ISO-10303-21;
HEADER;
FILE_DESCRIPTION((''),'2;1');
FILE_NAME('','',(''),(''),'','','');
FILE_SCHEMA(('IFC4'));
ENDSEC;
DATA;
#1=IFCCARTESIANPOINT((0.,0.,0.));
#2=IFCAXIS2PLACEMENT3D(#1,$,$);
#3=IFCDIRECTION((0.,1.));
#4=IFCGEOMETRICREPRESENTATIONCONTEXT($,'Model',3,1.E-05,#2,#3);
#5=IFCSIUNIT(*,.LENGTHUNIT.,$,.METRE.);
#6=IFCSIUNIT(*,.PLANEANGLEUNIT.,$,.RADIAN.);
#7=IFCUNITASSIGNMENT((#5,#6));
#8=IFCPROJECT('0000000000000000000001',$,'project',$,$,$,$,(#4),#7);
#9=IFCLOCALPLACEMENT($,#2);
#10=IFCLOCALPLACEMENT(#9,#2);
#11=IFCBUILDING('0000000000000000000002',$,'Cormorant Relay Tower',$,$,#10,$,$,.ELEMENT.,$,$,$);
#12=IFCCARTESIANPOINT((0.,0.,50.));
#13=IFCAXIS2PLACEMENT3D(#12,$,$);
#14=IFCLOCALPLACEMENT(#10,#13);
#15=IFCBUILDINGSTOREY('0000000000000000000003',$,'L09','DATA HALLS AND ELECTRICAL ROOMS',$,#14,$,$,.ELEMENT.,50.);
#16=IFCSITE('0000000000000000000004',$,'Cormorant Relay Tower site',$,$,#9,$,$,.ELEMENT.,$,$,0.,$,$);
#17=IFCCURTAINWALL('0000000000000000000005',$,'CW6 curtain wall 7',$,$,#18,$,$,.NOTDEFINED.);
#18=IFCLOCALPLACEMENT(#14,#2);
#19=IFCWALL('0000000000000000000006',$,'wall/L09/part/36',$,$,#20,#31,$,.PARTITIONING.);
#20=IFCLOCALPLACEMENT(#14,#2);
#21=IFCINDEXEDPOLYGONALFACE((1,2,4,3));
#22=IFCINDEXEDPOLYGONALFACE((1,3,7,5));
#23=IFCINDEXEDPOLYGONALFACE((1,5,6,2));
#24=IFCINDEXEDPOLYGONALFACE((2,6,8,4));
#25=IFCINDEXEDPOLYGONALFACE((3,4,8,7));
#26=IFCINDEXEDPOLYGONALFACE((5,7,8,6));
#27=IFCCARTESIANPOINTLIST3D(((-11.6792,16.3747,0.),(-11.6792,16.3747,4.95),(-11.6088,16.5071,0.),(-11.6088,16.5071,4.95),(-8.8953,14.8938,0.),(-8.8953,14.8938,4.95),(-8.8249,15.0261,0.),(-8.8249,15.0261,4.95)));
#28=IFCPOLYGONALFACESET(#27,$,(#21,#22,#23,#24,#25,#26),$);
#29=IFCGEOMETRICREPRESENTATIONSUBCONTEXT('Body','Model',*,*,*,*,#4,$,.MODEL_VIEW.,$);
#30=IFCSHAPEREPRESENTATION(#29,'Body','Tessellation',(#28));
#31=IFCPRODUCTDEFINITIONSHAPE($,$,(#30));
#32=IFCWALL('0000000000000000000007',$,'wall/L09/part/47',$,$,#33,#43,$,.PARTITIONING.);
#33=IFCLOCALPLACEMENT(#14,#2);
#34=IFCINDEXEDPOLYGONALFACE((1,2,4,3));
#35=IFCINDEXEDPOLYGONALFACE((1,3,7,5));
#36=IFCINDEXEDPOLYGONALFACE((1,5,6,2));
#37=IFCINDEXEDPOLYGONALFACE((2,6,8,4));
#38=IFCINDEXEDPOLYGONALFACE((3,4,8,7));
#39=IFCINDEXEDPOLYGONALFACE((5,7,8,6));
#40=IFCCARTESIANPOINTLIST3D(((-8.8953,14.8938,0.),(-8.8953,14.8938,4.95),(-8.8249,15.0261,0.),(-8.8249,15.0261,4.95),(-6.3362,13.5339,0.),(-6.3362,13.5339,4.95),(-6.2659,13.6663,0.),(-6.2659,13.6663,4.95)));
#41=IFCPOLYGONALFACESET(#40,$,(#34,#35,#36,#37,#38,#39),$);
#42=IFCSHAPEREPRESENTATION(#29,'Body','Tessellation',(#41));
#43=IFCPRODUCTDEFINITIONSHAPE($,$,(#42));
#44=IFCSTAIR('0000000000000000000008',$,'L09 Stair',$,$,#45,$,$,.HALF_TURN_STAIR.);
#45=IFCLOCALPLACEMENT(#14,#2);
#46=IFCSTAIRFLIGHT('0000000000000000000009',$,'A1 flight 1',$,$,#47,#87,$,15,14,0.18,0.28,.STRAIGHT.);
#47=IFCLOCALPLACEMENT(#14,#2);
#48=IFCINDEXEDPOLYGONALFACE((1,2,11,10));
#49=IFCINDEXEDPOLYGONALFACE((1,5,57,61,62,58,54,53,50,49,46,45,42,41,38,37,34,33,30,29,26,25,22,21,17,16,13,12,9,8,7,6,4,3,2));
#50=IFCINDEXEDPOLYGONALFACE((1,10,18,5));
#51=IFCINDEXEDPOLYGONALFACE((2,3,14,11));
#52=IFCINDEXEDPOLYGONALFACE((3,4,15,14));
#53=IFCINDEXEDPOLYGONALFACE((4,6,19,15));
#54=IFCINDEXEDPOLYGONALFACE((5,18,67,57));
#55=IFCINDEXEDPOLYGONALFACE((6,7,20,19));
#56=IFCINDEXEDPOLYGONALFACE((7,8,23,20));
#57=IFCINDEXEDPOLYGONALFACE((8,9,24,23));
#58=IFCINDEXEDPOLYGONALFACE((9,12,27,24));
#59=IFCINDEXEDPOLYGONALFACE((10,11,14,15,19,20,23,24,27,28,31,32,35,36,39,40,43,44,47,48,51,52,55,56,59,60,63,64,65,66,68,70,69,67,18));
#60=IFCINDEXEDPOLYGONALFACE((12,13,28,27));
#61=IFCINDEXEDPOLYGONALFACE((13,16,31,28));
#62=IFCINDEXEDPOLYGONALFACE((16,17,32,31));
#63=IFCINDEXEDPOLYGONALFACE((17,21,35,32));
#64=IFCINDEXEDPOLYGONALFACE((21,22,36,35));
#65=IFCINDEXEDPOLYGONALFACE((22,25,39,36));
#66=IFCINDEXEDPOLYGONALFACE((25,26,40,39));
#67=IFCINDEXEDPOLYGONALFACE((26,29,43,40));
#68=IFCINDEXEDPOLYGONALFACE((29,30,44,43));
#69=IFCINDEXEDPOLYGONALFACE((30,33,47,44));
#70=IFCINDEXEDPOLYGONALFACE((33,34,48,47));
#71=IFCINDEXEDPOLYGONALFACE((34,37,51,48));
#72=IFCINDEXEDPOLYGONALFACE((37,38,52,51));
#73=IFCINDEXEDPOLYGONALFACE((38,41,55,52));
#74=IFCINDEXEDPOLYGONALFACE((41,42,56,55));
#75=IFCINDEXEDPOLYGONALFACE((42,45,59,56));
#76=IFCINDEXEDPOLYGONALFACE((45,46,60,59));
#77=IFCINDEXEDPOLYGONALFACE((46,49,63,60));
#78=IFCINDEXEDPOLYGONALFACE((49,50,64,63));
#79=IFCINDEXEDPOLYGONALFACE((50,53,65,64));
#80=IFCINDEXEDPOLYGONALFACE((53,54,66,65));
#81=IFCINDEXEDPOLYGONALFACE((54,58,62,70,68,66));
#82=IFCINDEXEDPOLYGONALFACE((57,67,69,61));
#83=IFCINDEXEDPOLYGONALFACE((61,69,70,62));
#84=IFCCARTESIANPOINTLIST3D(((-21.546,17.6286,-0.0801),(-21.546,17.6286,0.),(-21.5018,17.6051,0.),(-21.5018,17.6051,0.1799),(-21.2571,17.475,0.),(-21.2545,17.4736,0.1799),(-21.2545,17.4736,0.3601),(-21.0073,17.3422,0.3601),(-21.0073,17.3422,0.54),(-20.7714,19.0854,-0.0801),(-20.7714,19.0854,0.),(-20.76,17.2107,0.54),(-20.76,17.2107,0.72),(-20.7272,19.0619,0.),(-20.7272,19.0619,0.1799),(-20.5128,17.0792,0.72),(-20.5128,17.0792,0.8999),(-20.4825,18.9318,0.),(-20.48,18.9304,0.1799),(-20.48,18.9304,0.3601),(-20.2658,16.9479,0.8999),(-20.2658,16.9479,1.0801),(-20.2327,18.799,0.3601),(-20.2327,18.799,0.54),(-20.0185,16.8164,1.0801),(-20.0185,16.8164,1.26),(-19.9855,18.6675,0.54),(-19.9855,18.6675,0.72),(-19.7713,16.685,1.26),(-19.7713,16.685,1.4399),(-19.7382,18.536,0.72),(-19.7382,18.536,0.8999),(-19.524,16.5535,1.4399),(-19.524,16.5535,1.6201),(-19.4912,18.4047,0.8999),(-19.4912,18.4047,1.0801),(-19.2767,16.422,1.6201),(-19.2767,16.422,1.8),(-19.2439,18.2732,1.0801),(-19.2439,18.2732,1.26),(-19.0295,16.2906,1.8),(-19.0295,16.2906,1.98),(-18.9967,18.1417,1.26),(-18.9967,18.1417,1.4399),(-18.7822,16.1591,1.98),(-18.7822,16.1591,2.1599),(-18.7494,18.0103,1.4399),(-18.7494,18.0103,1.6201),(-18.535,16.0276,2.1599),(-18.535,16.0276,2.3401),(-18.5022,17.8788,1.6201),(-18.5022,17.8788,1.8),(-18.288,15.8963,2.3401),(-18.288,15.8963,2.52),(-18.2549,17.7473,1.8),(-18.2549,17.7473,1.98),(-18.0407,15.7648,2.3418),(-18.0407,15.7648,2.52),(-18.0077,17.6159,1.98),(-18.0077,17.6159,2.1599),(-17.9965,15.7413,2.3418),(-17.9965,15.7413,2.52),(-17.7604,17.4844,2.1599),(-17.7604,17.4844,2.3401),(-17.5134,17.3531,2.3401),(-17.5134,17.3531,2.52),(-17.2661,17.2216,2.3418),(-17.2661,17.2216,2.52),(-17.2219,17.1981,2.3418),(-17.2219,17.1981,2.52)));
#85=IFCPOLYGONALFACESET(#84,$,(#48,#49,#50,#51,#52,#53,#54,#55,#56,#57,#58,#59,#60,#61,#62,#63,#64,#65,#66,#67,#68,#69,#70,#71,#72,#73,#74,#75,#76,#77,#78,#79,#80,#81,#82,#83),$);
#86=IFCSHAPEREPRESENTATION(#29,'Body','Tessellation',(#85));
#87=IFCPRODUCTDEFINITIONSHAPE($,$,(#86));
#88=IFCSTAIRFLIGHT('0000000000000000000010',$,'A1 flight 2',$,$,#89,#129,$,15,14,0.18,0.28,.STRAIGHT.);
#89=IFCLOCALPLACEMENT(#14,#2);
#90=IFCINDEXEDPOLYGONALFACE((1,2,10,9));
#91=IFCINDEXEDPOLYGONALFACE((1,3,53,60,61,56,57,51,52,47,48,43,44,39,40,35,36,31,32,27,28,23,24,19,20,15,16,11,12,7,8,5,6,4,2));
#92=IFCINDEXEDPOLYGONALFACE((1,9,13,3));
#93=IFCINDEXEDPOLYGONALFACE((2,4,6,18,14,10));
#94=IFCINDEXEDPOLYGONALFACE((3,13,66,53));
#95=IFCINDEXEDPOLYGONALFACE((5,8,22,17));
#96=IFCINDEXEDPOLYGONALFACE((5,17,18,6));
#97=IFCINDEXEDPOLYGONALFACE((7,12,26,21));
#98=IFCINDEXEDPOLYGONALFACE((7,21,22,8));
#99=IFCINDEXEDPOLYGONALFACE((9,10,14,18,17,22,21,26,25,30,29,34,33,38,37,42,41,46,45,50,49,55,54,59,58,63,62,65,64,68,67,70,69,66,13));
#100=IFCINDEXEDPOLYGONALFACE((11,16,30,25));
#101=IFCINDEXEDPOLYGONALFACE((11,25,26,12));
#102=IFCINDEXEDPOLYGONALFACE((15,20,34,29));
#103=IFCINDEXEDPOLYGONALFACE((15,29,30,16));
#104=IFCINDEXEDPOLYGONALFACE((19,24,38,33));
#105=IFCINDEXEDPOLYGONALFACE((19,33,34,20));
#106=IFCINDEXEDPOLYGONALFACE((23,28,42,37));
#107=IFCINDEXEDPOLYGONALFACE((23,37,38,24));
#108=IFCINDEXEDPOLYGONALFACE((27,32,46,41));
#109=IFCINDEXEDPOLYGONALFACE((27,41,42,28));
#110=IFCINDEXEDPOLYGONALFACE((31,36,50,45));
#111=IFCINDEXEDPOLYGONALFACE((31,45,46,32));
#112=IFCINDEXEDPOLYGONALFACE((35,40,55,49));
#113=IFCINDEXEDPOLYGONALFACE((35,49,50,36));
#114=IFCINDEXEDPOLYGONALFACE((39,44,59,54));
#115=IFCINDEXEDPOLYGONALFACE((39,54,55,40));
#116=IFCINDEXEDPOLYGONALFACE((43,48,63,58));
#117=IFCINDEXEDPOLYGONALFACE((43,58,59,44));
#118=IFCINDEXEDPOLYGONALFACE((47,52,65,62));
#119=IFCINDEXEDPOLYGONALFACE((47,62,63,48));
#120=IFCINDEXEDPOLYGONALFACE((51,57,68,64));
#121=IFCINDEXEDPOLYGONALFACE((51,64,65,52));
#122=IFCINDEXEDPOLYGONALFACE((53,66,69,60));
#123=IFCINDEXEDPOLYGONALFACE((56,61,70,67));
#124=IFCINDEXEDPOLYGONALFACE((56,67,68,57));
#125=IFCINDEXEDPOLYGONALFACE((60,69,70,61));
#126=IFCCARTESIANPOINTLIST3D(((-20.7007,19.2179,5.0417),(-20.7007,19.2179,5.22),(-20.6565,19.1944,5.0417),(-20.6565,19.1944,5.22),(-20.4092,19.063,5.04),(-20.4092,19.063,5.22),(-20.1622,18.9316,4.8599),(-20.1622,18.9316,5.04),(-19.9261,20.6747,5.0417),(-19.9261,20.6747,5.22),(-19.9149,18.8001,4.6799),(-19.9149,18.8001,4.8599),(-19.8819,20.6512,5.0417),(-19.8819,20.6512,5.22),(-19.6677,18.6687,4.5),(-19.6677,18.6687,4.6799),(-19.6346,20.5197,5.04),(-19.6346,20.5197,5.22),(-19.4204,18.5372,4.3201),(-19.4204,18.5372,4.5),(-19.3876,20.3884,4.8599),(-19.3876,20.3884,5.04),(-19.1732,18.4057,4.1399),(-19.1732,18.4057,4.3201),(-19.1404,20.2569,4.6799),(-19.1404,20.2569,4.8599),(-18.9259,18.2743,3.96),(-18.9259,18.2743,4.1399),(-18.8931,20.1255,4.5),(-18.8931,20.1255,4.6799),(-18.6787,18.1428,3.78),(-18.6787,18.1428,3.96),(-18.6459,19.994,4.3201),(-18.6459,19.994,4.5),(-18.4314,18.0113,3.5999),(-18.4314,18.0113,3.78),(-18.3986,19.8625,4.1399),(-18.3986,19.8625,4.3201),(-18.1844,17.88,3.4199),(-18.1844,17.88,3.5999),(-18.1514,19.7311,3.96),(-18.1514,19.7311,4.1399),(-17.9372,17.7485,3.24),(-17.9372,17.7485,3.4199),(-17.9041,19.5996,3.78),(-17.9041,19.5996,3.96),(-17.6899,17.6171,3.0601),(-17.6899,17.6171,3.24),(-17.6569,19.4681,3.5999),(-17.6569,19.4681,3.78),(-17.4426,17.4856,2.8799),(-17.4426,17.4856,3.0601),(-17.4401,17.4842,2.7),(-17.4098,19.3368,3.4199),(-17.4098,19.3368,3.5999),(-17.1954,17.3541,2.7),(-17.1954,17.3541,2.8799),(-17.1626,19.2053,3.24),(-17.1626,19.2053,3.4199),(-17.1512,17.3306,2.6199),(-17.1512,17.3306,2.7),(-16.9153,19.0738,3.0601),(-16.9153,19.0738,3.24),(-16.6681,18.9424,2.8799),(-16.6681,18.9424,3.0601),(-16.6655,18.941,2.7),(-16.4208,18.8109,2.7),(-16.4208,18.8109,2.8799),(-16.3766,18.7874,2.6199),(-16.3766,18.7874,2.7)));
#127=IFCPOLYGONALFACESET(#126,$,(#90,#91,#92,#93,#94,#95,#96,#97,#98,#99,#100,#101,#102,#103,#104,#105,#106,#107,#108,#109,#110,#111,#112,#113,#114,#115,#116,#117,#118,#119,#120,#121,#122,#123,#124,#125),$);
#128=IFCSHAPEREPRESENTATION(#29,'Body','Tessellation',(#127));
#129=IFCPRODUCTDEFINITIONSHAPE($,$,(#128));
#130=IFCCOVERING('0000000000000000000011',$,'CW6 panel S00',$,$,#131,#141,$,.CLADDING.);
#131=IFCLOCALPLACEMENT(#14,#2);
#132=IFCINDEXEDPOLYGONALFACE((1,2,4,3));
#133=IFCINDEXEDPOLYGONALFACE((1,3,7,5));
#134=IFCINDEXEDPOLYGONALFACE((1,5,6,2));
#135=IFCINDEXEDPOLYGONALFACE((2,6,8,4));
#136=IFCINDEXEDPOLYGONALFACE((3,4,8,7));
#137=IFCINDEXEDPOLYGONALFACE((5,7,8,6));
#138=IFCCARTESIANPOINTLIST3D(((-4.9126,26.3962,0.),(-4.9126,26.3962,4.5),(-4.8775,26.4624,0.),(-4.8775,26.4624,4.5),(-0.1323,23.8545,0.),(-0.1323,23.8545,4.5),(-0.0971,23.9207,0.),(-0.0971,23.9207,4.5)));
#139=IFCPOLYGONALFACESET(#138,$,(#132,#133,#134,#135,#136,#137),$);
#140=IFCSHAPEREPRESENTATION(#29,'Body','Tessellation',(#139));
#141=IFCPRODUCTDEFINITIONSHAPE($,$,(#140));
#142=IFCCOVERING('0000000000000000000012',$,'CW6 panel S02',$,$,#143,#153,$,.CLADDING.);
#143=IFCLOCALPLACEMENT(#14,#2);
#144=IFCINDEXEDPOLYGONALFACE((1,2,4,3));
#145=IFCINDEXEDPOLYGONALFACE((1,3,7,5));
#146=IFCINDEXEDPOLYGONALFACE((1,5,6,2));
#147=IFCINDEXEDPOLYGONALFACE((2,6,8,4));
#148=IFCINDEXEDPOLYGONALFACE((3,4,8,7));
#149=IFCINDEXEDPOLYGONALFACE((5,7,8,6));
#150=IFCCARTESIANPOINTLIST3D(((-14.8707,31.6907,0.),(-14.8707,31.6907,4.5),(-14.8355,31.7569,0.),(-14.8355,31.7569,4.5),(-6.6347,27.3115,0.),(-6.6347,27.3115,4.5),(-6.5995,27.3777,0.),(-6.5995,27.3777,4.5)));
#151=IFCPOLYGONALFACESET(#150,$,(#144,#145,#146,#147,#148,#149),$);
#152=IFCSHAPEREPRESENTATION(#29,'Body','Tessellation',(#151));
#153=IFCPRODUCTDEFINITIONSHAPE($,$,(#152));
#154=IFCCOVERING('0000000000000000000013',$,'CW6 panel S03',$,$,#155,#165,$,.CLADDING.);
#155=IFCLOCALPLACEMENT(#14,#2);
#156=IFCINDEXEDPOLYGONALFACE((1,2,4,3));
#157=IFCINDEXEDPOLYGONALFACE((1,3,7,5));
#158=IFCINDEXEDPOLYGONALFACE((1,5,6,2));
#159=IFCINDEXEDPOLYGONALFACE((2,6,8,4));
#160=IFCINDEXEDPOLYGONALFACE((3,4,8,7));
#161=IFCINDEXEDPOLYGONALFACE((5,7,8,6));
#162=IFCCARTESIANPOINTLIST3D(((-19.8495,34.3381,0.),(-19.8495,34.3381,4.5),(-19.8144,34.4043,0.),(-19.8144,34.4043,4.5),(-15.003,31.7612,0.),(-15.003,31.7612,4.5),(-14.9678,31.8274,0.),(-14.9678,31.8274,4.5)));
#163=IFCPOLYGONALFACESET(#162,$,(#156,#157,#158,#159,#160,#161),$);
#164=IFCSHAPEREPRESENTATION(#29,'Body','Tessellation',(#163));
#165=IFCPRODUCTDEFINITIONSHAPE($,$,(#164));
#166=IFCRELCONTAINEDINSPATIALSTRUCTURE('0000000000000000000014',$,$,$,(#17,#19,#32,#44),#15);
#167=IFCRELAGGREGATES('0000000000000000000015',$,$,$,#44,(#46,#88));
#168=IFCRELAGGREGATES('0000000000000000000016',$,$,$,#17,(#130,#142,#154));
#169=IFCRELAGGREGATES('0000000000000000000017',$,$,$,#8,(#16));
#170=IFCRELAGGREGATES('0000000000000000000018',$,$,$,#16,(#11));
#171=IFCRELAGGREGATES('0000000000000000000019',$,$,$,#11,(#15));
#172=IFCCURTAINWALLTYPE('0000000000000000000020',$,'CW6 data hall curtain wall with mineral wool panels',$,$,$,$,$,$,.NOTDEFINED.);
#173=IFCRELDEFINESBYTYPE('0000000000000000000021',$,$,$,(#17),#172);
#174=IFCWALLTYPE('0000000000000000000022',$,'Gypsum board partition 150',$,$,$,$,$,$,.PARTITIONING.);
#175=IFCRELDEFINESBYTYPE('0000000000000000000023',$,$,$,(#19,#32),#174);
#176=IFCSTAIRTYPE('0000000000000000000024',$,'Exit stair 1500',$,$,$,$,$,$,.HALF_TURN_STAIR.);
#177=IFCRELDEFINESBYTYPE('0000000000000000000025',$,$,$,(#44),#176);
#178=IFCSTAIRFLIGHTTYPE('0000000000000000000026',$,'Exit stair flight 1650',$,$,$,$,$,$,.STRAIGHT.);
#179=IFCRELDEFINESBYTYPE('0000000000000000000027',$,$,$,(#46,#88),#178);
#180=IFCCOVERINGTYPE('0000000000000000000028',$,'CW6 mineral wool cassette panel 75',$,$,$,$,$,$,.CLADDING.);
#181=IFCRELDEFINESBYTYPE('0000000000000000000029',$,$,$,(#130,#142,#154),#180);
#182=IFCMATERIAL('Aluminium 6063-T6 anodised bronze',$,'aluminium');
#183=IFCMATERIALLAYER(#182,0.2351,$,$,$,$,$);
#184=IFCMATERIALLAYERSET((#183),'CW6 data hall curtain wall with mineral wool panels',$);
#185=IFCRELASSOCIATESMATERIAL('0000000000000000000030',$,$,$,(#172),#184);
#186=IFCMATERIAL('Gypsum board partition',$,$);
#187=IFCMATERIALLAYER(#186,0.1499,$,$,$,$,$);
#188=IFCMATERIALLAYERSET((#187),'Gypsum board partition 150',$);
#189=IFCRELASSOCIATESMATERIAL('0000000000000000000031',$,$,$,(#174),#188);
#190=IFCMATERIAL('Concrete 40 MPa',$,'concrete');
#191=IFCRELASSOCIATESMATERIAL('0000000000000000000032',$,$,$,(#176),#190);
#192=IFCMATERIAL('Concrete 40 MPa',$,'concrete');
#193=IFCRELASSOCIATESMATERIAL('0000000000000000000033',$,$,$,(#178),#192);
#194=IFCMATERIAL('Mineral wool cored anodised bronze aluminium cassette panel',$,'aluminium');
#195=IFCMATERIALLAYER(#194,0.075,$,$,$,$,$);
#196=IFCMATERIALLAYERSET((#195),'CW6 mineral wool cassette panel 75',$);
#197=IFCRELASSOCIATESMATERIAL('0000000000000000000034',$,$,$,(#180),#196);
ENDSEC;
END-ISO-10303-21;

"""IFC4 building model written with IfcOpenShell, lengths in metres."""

from ifc_helpers import new_model, si_unit, direction, frame, frame_2d, origin, origin_2d, place, context, subcontext, project, spatial, polyline, rectangle, outline, extrude, material, layer, layer_set, type_object, element, aggregate, save


model = new_model("IFC4")

# Units and contexts
model_context = context("Model", 3, precision=1e-05, world=origin(), true_north=direction((0.0, 1.0)))
body_context = subcontext(model_context, "Body", "Model", "MODEL_VIEW")
ifc_project = project(units=[si_unit("LENGTHUNIT", "METRE"), si_unit("PLANEANGLEUNIT", "RADIAN")], contexts=[model_context])

# Site, building, storey
site_placement = place(None, origin())
site = spatial("IfcSite", under=ifc_project, at=site_placement, Name="Cormorant Relay Tower site", CompositionType="ELEMENT", RefElevation=0.0)
building_placement = place(site_placement, origin())
building = spatial("IfcBuilding", under=site, at=building_placement, Name="Cormorant Relay Tower", CompositionType="ELEMENT")
storey_placement = place(building_placement, frame((0.0, 0.0, 50.0)))
storey = spatial("IfcBuildingStorey", under=building, at=storey_placement, Name="L09", Description="DATA HALLS AND ELECTRICAL ROOMS", CompositionType="ELEMENT", Elevation=50.0)

# Curtain wall
ifc_material_1 = material(Name="Aluminium 6063-T6 anodised bronze", Category="aluminium")
ifc_layer_1 = layer(ifc_material_1, 0.2351)
ifc_layer_set_1 = layer_set([ifc_layer_1], Name="CW6 data hall curtain wall with mineral wool panels")
curtain_wall_type = type_object("IfcCurtainWallType", Name="CW6 data hall curtain wall with mineral wool panels", PredefinedType="NOTDEFINED", material=ifc_layer_set_1)
curtain_wall_placement = place(storey_placement, origin())
curtain_wall = element("IfcCurtainWall", 1, at=curtain_wall_placement, inside=storey, type_object=curtain_wall_type, Name="CW6 curtain wall 7", PredefinedType="NOTDEFINED")

# Walls
ifc_material_2 = material(Name="Gypsum board partition")
ifc_layer_2 = layer(ifc_material_2, 0.1499)
ifc_layer_set_2 = layer_set([ifc_layer_2], Name="Gypsum board partition 150")
wall_type_1 = type_object("IfcWallType", Name="Gypsum board partition 150", PredefinedType="PARTITIONING", material=ifc_layer_set_2)
wall_1_placement = place(storey_placement, frame((-11.644, 16.4409, 0.0), z_axis=(0.0, 0.0, 1.0), x_axis=(0.882854, -0.469648, 0.0)))
element("IfcWall", 2, at=wall_1_placement, inside=storey, type_object=wall_type_1, Name="wall/L09/part/36", PredefinedType="PARTITIONING", context=body_context, shape_type="SweptSolid", body=[
    extrude(rectangle(XDim=3.1533, YDim=0.1499, at=frame_2d((1.5767, 0.0))), origin(), (0.0, 0.0, 1.0), 4.95),
])
wall_2_placement = place(storey_placement, frame((-6.301, 13.6001, 0.0), z_axis=(0.0, 0.0, 1.0), x_axis=(-0.883066, 0.46925, 0.0)))
element("IfcWall", 3, at=wall_2_placement, inside=storey, type_object=wall_type_1, Name="wall/L09/part/47", PredefinedType="PARTITIONING", context=body_context, shape_type="SweptSolid", body=[
    extrude(rectangle(XDim=2.8979, YDim=0.1499, at=frame_2d((1.449, 0.0))), origin(), (0.0, 0.0, 1.0), 4.95),
])

# Stair, stair flights
ifc_material_3 = material(Name="Concrete 40 MPa", Category="concrete")
stair_type = type_object("IfcStairType", Name="Exit stair 1500", PredefinedType="HALF_TURN_STAIR", material=ifc_material_3)
stair_placement = place(storey_placement, origin())
stair = element("IfcStair", 4, at=stair_placement, inside=storey, type_object=stair_type, Name="L09 Stair", PredefinedType="HALF_TURN_STAIR")
ifc_material_4 = material(Name="Concrete 40 MPa", Category="concrete")
stair_flight_type = type_object("IfcStairFlightType", Name="Exit stair flight 1650", PredefinedType="STRAIGHT", material=ifc_material_4)
stair_flight_1_placement = place(storey_placement, frame((-21.1145, 18.3335, 0.0), z_axis=(0.0, 0.0, 1.0), x_axis=(0.882948, -0.469472, 0.0)))
stair_flight_1 = element("IfcStairFlight", 5, at=stair_flight_1_placement, type_object=stair_flight_type, Name="A1 flight 1", NumberOfRisers=15, NumberOfTreads=14, PredefinedType="STRAIGHT", RiserHeight=0.18, TreadLength=0.28, context=body_context, shape_type="SweptSolid", body=[
    extrude(outline(polyline([(-0.05, -0.0801), (-0.05, 0.0), (0.0, 0.0), (0.0, 0.1799), (0.28, 0.1799), (0.28, 0.3601), (0.5601, 0.3601), (0.5601, 0.54), (0.8401, 0.54), (0.8401, 0.72), (1.1201, 0.72), (1.1201, 0.8999), (1.3999, 0.8999), (1.3999, 1.0801), (1.6799, 1.0801), (1.6799, 1.26), (1.96, 1.26), (1.96, 1.4399), (2.24, 1.4399), (2.24, 1.6201), (2.52, 1.6201), (2.52, 1.8), (2.8, 1.8), (2.8, 1.98), (3.0801, 1.98), (3.0801, 2.1599), (3.3601, 2.1599), (3.3601, 2.3401), (3.6399, 2.3401), (3.6399, 2.52), (3.9199, 2.52), (3.97, 2.52), (3.97, 2.3418), (3.9199, 2.3418), (0.2771, 0.0), (-0.05, -0.0801)])), frame((0.0, 0.825, 0.0), z_axis=(0.0, -1.0, 0.0), x_axis=(1.0, 0.0, 0.0)), (0.0, 0.0, 1.0), 1.6499),
])
stair_flight_2_placement = place(storey_placement, frame((-16.8081, 18.0825, 2.7), z_axis=(0.0, 0.0, 1.0), x_axis=(-0.882948, 0.469472, 0.0)))
stair_flight_2 = element("IfcStairFlight", 6, at=stair_flight_2_placement, type_object=stair_flight_type, Name="A1 flight 2", NumberOfRisers=15, NumberOfTreads=14, PredefinedType="STRAIGHT", RiserHeight=0.18, TreadLength=0.28, context=body_context, shape_type="SweptSolid", body=[
    extrude(outline(polyline([(-0.05, -0.0801), (-0.05, 0.0), (0.0, 0.0), (0.0, 0.1799), (0.28, 0.1799), (0.28, 0.3601), (0.5601, 0.3601), (0.5601, 0.54), (0.8401, 0.54), (0.8401, 0.72), (1.1201, 0.72), (1.1201, 0.8999), (1.3999, 0.8999), (1.3999, 1.0801), (1.6799, 1.0801), (1.6799, 1.26), (1.96, 1.26), (1.96, 1.4399), (2.24, 1.4399), (2.24, 1.6201), (2.52, 1.6201), (2.52, 1.8), (2.8, 1.8), (2.8, 1.98), (3.0801, 1.98), (3.0801, 2.1599), (3.3601, 2.1599), (3.3601, 2.3401), (3.6399, 2.3401), (3.6399, 2.52), (3.9199, 2.52), (3.97, 2.52), (3.97, 2.3418), (3.9199, 2.3418), (0.2771, 0.0), (-0.05, -0.0801)])), frame((0.0, 0.825, 0.0), z_axis=(0.0, -1.0, 0.0), x_axis=(1.0, 0.0, 0.0)), (0.0, 0.0, 1.0), 1.6499),
])
aggregate(stair, [stair_flight_1, stair_flight_2])

# Coverings
ifc_material_5 = material(Name="Mineral wool cored anodised bronze aluminium cassette panel", Category="aluminium")
ifc_layer_3 = layer(ifc_material_5, 0.075)
ifc_layer_set_3 = layer_set([ifc_layer_3], Name="CW6 mineral wool cassette panel 75")
covering_type = type_object("IfcCoveringType", Name="CW6 mineral wool cassette panel 75", PredefinedType="CLADDING", material=ifc_layer_set_3)
covering_1_placement = place(storey_placement, frame((-2.5049, 25.1584, 0.0), z_axis=(0.0, 0.0, 1.0), x_axis=(-0.882948, 0.469472, 0.0)))
covering_1 = element("IfcCovering", 7, at=covering_1_placement, type_object=covering_type, Name="CW6 panel S00", PredefinedType="CLADDING", context=body_context, shape_type="SweptSolid", body=[
    extrude(rectangle(XDim=5.4141, YDim=0.075, at=origin_2d()), origin(), (0.0, 0.0, 1.0), 4.5),
])
covering_2_placement = place(storey_placement, frame((-10.7351, 29.5342, 0.0), z_axis=(0.0, 0.0, 1.0), x_axis=(-0.882948, 0.469472, 0.0)))
covering_2 = element("IfcCovering", 8, at=covering_2_placement, type_object=covering_type, Name="CW6 panel S02", PredefinedType="CLADDING", context=body_context, shape_type="SweptSolid", body=[
    extrude(rectangle(XDim=9.3279, YDim=0.075, at=origin_2d()), origin(), (0.0, 0.0, 1.0), 4.5),
])
covering_3_placement = place(storey_placement, frame((-17.4087, 33.0828, 0.0), z_axis=(0.0, 0.0, 1.0), x_axis=(-0.882948, 0.469472, 0.0)))
covering_3 = element("IfcCovering", 9, at=covering_3_placement, type_object=covering_type, Name="CW6 panel S03", PredefinedType="CLADDING", context=body_context, shape_type="SweptSolid", body=[
    extrude(rectangle(XDim=5.489, YDim=0.075, at=origin_2d()), origin(), (0.0, 0.0, 1.0), 4.5),
])
aggregate(curtain_wall, [covering_1, covering_2, covering_3])

save(model, "model.ifc")
